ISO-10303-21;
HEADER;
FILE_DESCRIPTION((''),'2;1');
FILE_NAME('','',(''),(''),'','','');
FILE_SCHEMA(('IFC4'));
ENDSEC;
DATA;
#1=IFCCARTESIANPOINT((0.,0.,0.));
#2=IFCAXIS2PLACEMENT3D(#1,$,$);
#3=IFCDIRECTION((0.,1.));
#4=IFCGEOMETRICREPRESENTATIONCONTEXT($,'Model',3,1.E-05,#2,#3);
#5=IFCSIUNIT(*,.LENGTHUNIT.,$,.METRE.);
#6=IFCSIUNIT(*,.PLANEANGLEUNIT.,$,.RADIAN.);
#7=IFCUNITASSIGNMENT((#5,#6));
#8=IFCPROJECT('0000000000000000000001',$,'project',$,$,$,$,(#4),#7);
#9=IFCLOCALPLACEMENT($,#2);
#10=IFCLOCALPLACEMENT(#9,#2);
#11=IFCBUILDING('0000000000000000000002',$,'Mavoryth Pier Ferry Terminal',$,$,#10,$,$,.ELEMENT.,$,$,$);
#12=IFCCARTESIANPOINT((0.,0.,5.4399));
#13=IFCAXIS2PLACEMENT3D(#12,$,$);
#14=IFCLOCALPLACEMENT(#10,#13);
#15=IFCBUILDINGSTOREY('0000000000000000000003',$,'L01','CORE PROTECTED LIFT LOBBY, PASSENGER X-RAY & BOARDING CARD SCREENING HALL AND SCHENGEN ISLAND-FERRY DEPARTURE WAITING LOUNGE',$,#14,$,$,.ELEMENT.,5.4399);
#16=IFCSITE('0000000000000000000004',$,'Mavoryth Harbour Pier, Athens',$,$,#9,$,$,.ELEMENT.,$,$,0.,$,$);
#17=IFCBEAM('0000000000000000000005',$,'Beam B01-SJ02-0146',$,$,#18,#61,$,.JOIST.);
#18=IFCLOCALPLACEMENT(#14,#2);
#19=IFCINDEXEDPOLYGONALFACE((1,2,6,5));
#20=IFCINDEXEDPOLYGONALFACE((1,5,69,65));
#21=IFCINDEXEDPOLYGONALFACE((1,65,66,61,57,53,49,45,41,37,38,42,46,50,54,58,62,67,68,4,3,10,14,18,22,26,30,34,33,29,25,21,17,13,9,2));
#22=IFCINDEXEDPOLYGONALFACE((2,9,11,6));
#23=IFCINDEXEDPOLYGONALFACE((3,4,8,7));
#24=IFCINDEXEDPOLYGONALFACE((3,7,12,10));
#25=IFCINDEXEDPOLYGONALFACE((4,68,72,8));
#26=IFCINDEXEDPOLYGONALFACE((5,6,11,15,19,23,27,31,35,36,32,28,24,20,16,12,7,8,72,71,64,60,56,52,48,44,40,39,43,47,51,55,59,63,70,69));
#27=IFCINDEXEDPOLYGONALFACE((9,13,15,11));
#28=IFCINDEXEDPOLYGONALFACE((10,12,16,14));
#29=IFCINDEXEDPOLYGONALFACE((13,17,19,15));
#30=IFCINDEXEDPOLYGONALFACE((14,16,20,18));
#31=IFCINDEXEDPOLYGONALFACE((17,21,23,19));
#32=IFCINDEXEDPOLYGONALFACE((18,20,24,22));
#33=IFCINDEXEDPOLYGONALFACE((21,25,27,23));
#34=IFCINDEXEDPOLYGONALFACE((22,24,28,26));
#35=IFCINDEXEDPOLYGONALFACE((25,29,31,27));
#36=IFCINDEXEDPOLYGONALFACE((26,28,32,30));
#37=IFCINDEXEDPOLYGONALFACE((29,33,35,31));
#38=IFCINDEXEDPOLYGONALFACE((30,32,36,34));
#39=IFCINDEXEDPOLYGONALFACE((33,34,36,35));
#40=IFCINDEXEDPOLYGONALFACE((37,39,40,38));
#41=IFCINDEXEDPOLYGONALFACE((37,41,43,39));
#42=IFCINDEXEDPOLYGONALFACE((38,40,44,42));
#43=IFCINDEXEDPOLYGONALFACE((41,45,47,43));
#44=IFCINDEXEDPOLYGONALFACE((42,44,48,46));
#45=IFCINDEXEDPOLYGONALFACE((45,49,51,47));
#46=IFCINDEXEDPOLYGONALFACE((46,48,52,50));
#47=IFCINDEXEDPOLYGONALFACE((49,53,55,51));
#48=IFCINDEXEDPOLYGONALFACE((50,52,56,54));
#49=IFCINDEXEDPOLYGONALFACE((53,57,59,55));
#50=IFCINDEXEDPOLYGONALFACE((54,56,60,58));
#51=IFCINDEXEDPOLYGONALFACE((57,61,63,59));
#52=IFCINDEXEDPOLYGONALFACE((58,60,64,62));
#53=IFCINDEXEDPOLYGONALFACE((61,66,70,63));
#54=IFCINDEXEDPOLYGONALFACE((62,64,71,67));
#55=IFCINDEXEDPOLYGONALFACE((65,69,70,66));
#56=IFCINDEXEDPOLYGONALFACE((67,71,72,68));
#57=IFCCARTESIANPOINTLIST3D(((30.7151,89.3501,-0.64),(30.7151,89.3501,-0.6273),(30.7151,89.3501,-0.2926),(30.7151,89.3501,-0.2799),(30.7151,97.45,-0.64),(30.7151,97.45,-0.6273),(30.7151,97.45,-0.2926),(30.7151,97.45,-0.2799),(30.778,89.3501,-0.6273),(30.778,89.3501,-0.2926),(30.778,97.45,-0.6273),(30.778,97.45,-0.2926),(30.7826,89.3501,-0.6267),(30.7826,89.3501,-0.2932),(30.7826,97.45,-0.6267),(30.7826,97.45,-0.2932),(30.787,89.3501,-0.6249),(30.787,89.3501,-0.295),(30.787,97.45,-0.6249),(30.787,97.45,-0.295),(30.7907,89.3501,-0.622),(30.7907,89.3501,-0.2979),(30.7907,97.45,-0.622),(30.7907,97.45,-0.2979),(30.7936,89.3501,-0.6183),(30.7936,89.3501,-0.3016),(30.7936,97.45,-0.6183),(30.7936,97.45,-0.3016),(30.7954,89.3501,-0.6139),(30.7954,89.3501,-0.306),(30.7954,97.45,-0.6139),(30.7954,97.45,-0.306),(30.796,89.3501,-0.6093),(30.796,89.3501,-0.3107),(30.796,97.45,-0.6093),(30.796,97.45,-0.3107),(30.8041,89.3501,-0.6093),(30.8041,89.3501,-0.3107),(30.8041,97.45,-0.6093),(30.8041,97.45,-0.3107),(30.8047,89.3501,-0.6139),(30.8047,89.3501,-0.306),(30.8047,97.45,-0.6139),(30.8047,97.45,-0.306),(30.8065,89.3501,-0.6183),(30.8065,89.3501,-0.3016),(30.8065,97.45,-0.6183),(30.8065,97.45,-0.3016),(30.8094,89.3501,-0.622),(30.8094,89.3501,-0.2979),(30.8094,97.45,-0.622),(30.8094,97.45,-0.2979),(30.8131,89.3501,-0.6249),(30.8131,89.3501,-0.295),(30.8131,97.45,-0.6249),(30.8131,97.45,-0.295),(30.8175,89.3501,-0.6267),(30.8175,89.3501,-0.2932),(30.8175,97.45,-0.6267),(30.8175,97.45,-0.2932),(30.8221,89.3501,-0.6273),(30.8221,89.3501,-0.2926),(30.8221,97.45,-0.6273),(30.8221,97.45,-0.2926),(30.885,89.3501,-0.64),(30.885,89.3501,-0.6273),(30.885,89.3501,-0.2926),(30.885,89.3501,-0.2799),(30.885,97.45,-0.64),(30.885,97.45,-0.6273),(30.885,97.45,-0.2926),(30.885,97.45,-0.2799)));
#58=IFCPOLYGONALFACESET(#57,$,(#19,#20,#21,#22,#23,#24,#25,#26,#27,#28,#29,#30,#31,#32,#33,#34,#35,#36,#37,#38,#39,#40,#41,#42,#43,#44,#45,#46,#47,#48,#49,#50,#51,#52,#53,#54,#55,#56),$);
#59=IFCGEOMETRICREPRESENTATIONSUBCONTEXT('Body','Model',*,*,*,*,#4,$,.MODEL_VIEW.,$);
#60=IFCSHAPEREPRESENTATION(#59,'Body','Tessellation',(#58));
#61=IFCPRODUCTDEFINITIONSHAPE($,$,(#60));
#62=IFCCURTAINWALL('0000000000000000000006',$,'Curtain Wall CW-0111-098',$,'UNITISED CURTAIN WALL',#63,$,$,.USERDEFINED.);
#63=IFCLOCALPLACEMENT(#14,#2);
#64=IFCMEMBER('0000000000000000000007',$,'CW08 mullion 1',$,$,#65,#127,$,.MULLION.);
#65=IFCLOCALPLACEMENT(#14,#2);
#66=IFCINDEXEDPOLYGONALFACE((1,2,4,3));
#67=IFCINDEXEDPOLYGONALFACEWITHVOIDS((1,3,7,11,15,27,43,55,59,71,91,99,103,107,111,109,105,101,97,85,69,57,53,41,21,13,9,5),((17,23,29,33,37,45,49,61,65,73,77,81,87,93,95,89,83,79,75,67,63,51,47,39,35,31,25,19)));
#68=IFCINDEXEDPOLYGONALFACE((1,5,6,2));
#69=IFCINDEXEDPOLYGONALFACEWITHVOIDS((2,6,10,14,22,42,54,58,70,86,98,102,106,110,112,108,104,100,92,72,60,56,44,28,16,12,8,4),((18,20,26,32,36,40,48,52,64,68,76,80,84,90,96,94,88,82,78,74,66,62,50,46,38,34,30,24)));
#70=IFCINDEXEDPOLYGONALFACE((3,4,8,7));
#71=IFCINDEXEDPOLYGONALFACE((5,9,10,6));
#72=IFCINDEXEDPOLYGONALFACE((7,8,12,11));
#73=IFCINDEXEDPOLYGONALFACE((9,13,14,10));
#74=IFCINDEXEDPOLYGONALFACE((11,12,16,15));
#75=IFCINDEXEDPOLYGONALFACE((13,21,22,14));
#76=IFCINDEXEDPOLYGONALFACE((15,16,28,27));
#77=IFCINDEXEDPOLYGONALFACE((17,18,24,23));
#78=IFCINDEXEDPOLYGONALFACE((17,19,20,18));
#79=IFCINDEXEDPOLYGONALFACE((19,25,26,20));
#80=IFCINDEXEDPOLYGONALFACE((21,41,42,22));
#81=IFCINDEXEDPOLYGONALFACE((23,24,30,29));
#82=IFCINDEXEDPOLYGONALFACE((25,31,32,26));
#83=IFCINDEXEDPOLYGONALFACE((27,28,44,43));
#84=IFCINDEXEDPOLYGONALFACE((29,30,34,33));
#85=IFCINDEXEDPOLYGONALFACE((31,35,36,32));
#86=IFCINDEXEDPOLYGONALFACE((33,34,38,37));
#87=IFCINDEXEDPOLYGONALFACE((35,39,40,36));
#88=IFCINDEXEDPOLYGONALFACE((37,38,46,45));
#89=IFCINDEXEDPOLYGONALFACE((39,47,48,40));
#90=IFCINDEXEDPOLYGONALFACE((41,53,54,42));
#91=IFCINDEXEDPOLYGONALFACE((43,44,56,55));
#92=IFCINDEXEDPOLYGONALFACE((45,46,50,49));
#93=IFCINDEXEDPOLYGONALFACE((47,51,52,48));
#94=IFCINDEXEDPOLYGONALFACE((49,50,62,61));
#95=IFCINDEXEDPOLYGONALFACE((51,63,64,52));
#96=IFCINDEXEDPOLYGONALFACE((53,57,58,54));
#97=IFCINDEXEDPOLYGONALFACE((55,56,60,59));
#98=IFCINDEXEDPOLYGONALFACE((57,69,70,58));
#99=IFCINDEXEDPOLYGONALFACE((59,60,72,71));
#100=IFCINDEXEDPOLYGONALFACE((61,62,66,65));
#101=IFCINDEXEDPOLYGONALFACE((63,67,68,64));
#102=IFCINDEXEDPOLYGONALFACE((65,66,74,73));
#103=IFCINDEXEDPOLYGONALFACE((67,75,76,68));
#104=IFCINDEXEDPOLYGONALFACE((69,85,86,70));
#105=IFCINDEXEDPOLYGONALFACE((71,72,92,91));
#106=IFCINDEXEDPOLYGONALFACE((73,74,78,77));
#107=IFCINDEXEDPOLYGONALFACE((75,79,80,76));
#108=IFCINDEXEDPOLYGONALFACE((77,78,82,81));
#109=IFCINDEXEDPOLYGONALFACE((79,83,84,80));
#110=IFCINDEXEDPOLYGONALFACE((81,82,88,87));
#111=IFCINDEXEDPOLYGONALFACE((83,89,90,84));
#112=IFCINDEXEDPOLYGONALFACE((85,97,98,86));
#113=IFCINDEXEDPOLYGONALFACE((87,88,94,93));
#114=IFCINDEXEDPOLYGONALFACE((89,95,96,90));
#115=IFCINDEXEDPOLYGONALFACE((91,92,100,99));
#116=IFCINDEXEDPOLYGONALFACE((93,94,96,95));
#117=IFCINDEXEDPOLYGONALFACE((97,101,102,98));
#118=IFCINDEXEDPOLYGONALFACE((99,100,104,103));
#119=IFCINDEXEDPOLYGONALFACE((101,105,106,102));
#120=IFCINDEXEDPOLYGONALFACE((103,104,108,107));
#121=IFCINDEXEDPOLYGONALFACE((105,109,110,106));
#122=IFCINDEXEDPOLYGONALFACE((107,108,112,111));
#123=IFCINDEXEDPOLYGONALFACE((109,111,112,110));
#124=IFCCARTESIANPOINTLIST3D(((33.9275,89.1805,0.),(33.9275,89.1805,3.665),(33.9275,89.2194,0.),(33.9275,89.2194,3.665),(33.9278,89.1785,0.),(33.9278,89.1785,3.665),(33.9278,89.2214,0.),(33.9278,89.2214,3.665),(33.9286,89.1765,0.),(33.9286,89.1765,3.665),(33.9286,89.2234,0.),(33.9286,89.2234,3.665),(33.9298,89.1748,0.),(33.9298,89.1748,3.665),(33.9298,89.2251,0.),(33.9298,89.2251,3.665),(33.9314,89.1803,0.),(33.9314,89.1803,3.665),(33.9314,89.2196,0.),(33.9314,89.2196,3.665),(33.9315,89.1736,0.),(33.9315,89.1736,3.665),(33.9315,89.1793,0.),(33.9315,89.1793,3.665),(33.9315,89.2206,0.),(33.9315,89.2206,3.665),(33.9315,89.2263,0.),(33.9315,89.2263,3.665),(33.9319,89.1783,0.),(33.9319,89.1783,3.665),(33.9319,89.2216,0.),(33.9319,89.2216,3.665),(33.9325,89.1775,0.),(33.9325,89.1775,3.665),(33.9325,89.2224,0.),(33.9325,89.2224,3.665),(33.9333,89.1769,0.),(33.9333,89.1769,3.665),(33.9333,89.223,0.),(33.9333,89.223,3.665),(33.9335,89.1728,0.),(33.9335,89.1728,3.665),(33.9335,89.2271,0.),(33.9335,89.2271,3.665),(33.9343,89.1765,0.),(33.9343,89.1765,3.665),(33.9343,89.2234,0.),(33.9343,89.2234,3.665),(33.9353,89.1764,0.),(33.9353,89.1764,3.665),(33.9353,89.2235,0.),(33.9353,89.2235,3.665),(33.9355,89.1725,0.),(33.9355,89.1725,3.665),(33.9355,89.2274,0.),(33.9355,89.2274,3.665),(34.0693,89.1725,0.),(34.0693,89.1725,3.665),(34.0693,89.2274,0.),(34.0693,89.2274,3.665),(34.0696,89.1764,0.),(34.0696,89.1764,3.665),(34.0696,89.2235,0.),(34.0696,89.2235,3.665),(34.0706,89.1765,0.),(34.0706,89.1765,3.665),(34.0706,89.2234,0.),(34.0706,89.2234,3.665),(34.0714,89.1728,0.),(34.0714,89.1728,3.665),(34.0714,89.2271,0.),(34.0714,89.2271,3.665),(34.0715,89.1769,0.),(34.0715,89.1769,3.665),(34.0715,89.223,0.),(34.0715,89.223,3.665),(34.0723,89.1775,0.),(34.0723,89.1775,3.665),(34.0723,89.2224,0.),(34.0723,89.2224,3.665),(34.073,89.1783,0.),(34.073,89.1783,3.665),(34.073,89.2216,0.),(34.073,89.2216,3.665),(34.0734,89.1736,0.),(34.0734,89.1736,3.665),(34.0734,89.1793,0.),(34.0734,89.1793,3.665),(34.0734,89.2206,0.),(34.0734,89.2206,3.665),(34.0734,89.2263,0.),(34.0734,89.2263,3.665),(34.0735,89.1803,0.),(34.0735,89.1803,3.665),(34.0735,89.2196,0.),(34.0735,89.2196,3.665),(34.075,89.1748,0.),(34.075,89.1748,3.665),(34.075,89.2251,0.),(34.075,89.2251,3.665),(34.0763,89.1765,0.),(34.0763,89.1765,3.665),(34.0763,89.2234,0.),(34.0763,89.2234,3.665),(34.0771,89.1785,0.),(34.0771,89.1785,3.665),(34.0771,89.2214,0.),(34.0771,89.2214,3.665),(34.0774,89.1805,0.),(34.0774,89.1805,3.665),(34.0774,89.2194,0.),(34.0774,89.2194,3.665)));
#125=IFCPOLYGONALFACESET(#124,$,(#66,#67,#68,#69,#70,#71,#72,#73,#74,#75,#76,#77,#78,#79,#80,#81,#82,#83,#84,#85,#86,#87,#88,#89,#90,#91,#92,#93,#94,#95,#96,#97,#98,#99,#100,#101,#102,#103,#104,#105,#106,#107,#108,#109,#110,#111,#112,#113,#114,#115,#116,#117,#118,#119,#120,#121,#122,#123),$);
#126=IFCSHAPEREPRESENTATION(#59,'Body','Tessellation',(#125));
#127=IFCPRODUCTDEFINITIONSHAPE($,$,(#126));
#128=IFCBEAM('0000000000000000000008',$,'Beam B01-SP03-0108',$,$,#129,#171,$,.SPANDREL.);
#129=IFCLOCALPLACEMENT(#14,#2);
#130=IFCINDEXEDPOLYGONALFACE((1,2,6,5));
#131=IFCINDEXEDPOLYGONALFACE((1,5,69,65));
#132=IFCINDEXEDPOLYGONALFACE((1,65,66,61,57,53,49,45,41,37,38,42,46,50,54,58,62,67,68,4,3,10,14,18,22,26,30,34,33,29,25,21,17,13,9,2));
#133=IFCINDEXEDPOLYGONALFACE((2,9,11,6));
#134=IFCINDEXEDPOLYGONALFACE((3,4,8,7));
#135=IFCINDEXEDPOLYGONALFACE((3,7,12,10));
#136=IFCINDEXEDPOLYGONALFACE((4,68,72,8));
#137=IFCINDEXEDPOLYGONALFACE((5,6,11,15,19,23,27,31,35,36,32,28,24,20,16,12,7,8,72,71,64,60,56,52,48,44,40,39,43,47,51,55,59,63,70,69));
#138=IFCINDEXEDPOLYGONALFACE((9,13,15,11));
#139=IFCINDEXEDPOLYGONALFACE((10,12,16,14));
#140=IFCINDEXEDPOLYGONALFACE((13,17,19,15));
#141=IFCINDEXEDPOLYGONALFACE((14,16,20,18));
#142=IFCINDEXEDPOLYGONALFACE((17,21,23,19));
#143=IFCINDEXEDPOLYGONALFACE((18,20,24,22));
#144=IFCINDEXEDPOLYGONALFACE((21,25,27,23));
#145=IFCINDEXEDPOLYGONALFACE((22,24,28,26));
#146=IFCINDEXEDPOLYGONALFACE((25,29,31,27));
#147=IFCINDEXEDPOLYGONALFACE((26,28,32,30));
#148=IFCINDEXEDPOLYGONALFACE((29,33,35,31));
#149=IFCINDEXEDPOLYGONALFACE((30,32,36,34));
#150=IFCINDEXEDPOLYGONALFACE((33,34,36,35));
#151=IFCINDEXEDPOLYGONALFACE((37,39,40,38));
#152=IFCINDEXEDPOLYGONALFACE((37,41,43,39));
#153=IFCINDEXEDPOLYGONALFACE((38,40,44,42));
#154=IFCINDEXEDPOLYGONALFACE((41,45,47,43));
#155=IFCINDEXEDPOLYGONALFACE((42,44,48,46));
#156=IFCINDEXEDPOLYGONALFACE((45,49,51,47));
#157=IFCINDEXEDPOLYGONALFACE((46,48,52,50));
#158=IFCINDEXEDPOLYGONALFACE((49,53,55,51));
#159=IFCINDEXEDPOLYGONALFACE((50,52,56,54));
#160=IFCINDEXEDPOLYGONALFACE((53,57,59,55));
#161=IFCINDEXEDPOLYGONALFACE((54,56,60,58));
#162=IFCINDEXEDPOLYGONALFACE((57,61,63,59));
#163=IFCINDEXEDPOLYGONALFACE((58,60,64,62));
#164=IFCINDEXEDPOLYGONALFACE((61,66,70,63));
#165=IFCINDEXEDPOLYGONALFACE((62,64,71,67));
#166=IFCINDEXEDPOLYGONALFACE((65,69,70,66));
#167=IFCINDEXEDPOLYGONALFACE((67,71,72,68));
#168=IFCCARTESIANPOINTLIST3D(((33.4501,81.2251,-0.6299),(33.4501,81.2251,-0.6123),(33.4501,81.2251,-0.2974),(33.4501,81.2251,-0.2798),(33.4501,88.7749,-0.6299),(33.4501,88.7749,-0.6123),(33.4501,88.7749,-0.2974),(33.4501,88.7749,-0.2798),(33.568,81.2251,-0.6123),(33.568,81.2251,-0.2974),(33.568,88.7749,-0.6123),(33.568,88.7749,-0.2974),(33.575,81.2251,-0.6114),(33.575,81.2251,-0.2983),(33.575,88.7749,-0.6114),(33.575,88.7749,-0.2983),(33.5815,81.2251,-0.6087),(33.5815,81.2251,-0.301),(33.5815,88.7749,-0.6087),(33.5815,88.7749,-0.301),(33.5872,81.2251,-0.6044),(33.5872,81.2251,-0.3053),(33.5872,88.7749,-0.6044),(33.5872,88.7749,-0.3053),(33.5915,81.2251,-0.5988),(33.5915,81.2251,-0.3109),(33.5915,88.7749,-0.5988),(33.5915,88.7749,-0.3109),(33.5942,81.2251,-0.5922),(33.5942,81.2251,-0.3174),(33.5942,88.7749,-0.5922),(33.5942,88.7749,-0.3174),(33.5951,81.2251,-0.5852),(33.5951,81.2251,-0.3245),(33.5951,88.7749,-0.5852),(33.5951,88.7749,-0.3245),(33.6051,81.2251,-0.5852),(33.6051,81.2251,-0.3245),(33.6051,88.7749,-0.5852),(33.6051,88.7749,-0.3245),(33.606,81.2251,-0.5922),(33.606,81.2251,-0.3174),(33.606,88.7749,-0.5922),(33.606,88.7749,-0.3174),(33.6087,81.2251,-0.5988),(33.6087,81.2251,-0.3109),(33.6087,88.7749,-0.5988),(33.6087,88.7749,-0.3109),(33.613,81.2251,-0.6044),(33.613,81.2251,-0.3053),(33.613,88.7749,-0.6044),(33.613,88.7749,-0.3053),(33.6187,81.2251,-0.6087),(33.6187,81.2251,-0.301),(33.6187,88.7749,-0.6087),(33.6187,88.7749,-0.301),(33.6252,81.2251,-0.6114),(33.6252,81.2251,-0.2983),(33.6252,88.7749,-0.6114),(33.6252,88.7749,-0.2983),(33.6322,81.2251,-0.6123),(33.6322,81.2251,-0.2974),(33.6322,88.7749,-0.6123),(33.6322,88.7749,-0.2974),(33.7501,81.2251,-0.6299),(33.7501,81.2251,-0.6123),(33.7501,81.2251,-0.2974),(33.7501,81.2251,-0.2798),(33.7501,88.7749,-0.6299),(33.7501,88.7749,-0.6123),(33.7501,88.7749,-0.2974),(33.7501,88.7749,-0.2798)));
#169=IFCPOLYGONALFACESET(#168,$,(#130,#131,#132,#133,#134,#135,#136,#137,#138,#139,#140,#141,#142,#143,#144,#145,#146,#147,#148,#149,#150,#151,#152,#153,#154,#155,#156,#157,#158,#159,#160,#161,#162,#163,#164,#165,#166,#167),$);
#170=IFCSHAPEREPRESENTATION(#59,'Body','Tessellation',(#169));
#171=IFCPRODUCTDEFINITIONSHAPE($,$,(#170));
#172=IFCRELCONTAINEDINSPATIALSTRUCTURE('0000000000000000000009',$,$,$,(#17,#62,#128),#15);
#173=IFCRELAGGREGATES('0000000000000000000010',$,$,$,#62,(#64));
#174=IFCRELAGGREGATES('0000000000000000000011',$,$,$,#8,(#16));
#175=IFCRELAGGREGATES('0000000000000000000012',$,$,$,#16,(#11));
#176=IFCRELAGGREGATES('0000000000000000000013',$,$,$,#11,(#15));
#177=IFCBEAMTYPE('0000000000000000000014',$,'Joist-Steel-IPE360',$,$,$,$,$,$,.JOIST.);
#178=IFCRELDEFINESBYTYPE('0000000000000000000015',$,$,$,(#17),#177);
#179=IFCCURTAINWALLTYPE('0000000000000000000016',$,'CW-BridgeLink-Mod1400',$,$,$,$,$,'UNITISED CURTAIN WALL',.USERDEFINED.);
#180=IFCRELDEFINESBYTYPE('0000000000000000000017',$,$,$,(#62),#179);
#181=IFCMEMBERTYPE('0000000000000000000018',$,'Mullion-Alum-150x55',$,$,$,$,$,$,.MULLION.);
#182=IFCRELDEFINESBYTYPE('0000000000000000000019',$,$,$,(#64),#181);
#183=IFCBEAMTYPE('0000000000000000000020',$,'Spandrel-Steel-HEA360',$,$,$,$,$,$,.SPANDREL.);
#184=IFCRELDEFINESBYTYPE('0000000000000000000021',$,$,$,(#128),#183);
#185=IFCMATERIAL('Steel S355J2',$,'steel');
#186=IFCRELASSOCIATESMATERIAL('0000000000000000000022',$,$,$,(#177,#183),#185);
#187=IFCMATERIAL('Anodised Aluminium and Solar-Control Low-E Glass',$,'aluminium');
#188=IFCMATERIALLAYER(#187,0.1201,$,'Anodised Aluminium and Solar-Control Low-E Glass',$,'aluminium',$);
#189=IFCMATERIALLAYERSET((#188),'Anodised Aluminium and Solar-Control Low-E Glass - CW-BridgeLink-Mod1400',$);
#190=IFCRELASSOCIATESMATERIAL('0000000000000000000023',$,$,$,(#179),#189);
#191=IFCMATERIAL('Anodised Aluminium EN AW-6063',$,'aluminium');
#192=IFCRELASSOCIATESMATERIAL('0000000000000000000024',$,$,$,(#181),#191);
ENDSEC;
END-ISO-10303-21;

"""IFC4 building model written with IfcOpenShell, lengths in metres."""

from ifc_helpers import new_model, si_unit, direction, frame, origin, origin_2d, place, context, subcontext, project, spatial, hollow_rectangle, i_section, extrude, material, layer, layer_set, material_profile, profile_set, type_object, element, aggregate, save


model = new_model("IFC4")

# Units and contexts
model_context = context("Model", 3, precision=1e-05, world=origin(), true_north=direction((0.0, 1.0)))
body_context = subcontext(model_context, "Body", "Model", "MODEL_VIEW")
ifc_project = project(units=[si_unit("LENGTHUNIT", "METRE"), si_unit("PLANEANGLEUNIT", "RADIAN")], contexts=[model_context])

# Site, building, storey
site_placement = place(None, origin())
site = spatial("IfcSite", under=ifc_project, at=site_placement, Name="Mavoryth Harbour Pier, Athens", CompositionType="ELEMENT", RefElevation=0.0)
building_placement = place(site_placement, origin())
building = spatial("IfcBuilding", under=site, at=building_placement, Name="Mavoryth Pier Ferry Terminal", CompositionType="ELEMENT")
storey_placement = place(building_placement, frame((0.0, 0.0, 5.4399)))
storey = spatial("IfcBuildingStorey", under=building, at=storey_placement, Name="L01", Description="CORE PROTECTED LIFT LOBBY, PASSENGER X-RAY & BOARDING CARD SCREENING HALL AND SCHENGEN ISLAND-FERRY DEPARTURE WAITING LOUNGE", CompositionType="ELEMENT", Elevation=5.4399)

# Shared definitions
ifc_material_1 = material(Name="Steel S355J2", Category="steel")

# Beam
ifc_material_profile_1 = material_profile(ifc_material_1, i_section(OverallWidth=0.1699, OverallDepth=0.3601, WebThickness=0.0081, FlangeThickness=0.0127, FilletRadius=0.0181, at=origin_2d()), Name="IPE 360", Category="steel")
ifc_profile_set_1 = profile_set([ifc_material_profile_1], Name="Steel S355J2 - IPE 360")
beam_type_1 = type_object("IfcBeamType", Name="Joist-Steel-IPE360", PredefinedType="JOIST", material=ifc_profile_set_1)
for number, where, z_axis, x_axis, name in (
    (1, (30.8, 89.3501, -0.46), (0.0, 1.0, 0.0), (-1.0, 0.0, 0.0), "Beam B01-SJ02-0146"),
):
    element("IfcBeam", number, at=place(storey_placement, frame(where, z_axis=z_axis, x_axis=x_axis)), inside=storey, type_object=beam_type_1, Name=name, PredefinedType="JOIST", context=body_context, shape_type="SweptSolid", body=[
        extrude(i_section(OverallWidth=0.1699, OverallDepth=0.3601, WebThickness=0.0081, FlangeThickness=0.0127, FilletRadius=0.0181, at=origin_2d()), origin(), (0.0, 0.0, 1.0), 8.0999),
    ])

# Curtain wall, member
ifc_material_2 = material(Name="Anodised Aluminium and Solar-Control Low-E Glass", Category="aluminium")
ifc_layer_1 = layer(ifc_material_2, 0.1201, Name="Anodised Aluminium and Solar-Control Low-E Glass", Category="aluminium")
ifc_layer_set_1 = layer_set([ifc_layer_1], Name="Anodised Aluminium and Solar-Control Low-E Glass - CW-BridgeLink-Mod1400")
curtain_wall_type = type_object("IfcCurtainWallType", Name="CW-BridgeLink-Mod1400", ElementType="UNITISED CURTAIN WALL", PredefinedType="USERDEFINED", material=ifc_layer_set_1)
curtain_wall_placement = place(storey_placement, origin())
curtain_wall = element("IfcCurtainWall", 2, at=curtain_wall_placement, inside=storey, type_object=curtain_wall_type, Name="Curtain Wall CW-0111-098", ObjectType="UNITISED CURTAIN WALL", PredefinedType="USERDEFINED")
ifc_material_3 = material(Name="Anodised Aluminium EN AW-6063", Category="aluminium")
ifc_material_profile_2 = material_profile(ifc_material_3, hollow_rectangle(XDim=0.0549, YDim=0.1499, WallThickness=0.0039, InnerFilletRadius=0.0039, OuterFilletRadius=0.0081, at=origin_2d()), Name="AL-MULL 150x55x4", Category="aluminium")
ifc_profile_set_2 = profile_set([ifc_material_profile_2], Name="Anodised Aluminium EN AW-6063 - AL-MULL 150x55x4")
member_type_1 = type_object("IfcMemberType", Name="Mullion-Alum-150x55", PredefinedType="MULLION", material=ifc_profile_set_2)
member_1_placement = place(storey_placement, frame((34.0024, 89.2, 0.0), z_axis=(0.0, 0.0, 1.0), x_axis=(0.0, 1.0, 0.0)))
member_1 = element("IfcMember", 3, at=member_1_placement, type_object=member_type_1, Name="CW08 mullion 1", PredefinedType="MULLION", context=body_context, shape_type="SweptSolid", body=[
    extrude(hollow_rectangle(XDim=0.0549, YDim=0.1499, WallThickness=0.0039, InnerFilletRadius=0.0039, OuterFilletRadius=0.0081, at=origin_2d()), origin(), (0.0, 0.0, 1.0), 3.665),
])

# Beam
ifc_material_profile_3 = material_profile(ifc_material_1, i_section(OverallWidth=0.3, OverallDepth=0.3501, WebThickness=0.01, FlangeThickness=0.0176, FilletRadius=0.0271, at=origin_2d()), Name="HEA 360", Category="steel")
ifc_profile_set_3 = profile_set([ifc_material_profile_3], Name="Steel S355J2 - HEA 360")
beam_type_2 = type_object("IfcBeamType", Name="Spandrel-Steel-HEA360", PredefinedType="SPANDREL", material=ifc_profile_set_3)
beam_1_placement = place(storey_placement, frame((33.6001, 81.2251, -0.4548), z_axis=(0.0, 1.0, 0.0), x_axis=(-1.0, 0.0, 0.0)))
element("IfcBeam", 4, at=beam_1_placement, inside=storey, type_object=beam_type_2, Name="Beam B01-SP03-0108", PredefinedType="SPANDREL", context=body_context, shape_type="SweptSolid", body=[
    extrude(i_section(OverallWidth=0.3, OverallDepth=0.3501, WebThickness=0.01, FlangeThickness=0.0176, FilletRadius=0.0271, at=origin_2d()), origin(), (0.0, 0.0, 1.0), 7.5498),
])

aggregate(curtain_wall, [member_1])

save(model, "model.ifc")
